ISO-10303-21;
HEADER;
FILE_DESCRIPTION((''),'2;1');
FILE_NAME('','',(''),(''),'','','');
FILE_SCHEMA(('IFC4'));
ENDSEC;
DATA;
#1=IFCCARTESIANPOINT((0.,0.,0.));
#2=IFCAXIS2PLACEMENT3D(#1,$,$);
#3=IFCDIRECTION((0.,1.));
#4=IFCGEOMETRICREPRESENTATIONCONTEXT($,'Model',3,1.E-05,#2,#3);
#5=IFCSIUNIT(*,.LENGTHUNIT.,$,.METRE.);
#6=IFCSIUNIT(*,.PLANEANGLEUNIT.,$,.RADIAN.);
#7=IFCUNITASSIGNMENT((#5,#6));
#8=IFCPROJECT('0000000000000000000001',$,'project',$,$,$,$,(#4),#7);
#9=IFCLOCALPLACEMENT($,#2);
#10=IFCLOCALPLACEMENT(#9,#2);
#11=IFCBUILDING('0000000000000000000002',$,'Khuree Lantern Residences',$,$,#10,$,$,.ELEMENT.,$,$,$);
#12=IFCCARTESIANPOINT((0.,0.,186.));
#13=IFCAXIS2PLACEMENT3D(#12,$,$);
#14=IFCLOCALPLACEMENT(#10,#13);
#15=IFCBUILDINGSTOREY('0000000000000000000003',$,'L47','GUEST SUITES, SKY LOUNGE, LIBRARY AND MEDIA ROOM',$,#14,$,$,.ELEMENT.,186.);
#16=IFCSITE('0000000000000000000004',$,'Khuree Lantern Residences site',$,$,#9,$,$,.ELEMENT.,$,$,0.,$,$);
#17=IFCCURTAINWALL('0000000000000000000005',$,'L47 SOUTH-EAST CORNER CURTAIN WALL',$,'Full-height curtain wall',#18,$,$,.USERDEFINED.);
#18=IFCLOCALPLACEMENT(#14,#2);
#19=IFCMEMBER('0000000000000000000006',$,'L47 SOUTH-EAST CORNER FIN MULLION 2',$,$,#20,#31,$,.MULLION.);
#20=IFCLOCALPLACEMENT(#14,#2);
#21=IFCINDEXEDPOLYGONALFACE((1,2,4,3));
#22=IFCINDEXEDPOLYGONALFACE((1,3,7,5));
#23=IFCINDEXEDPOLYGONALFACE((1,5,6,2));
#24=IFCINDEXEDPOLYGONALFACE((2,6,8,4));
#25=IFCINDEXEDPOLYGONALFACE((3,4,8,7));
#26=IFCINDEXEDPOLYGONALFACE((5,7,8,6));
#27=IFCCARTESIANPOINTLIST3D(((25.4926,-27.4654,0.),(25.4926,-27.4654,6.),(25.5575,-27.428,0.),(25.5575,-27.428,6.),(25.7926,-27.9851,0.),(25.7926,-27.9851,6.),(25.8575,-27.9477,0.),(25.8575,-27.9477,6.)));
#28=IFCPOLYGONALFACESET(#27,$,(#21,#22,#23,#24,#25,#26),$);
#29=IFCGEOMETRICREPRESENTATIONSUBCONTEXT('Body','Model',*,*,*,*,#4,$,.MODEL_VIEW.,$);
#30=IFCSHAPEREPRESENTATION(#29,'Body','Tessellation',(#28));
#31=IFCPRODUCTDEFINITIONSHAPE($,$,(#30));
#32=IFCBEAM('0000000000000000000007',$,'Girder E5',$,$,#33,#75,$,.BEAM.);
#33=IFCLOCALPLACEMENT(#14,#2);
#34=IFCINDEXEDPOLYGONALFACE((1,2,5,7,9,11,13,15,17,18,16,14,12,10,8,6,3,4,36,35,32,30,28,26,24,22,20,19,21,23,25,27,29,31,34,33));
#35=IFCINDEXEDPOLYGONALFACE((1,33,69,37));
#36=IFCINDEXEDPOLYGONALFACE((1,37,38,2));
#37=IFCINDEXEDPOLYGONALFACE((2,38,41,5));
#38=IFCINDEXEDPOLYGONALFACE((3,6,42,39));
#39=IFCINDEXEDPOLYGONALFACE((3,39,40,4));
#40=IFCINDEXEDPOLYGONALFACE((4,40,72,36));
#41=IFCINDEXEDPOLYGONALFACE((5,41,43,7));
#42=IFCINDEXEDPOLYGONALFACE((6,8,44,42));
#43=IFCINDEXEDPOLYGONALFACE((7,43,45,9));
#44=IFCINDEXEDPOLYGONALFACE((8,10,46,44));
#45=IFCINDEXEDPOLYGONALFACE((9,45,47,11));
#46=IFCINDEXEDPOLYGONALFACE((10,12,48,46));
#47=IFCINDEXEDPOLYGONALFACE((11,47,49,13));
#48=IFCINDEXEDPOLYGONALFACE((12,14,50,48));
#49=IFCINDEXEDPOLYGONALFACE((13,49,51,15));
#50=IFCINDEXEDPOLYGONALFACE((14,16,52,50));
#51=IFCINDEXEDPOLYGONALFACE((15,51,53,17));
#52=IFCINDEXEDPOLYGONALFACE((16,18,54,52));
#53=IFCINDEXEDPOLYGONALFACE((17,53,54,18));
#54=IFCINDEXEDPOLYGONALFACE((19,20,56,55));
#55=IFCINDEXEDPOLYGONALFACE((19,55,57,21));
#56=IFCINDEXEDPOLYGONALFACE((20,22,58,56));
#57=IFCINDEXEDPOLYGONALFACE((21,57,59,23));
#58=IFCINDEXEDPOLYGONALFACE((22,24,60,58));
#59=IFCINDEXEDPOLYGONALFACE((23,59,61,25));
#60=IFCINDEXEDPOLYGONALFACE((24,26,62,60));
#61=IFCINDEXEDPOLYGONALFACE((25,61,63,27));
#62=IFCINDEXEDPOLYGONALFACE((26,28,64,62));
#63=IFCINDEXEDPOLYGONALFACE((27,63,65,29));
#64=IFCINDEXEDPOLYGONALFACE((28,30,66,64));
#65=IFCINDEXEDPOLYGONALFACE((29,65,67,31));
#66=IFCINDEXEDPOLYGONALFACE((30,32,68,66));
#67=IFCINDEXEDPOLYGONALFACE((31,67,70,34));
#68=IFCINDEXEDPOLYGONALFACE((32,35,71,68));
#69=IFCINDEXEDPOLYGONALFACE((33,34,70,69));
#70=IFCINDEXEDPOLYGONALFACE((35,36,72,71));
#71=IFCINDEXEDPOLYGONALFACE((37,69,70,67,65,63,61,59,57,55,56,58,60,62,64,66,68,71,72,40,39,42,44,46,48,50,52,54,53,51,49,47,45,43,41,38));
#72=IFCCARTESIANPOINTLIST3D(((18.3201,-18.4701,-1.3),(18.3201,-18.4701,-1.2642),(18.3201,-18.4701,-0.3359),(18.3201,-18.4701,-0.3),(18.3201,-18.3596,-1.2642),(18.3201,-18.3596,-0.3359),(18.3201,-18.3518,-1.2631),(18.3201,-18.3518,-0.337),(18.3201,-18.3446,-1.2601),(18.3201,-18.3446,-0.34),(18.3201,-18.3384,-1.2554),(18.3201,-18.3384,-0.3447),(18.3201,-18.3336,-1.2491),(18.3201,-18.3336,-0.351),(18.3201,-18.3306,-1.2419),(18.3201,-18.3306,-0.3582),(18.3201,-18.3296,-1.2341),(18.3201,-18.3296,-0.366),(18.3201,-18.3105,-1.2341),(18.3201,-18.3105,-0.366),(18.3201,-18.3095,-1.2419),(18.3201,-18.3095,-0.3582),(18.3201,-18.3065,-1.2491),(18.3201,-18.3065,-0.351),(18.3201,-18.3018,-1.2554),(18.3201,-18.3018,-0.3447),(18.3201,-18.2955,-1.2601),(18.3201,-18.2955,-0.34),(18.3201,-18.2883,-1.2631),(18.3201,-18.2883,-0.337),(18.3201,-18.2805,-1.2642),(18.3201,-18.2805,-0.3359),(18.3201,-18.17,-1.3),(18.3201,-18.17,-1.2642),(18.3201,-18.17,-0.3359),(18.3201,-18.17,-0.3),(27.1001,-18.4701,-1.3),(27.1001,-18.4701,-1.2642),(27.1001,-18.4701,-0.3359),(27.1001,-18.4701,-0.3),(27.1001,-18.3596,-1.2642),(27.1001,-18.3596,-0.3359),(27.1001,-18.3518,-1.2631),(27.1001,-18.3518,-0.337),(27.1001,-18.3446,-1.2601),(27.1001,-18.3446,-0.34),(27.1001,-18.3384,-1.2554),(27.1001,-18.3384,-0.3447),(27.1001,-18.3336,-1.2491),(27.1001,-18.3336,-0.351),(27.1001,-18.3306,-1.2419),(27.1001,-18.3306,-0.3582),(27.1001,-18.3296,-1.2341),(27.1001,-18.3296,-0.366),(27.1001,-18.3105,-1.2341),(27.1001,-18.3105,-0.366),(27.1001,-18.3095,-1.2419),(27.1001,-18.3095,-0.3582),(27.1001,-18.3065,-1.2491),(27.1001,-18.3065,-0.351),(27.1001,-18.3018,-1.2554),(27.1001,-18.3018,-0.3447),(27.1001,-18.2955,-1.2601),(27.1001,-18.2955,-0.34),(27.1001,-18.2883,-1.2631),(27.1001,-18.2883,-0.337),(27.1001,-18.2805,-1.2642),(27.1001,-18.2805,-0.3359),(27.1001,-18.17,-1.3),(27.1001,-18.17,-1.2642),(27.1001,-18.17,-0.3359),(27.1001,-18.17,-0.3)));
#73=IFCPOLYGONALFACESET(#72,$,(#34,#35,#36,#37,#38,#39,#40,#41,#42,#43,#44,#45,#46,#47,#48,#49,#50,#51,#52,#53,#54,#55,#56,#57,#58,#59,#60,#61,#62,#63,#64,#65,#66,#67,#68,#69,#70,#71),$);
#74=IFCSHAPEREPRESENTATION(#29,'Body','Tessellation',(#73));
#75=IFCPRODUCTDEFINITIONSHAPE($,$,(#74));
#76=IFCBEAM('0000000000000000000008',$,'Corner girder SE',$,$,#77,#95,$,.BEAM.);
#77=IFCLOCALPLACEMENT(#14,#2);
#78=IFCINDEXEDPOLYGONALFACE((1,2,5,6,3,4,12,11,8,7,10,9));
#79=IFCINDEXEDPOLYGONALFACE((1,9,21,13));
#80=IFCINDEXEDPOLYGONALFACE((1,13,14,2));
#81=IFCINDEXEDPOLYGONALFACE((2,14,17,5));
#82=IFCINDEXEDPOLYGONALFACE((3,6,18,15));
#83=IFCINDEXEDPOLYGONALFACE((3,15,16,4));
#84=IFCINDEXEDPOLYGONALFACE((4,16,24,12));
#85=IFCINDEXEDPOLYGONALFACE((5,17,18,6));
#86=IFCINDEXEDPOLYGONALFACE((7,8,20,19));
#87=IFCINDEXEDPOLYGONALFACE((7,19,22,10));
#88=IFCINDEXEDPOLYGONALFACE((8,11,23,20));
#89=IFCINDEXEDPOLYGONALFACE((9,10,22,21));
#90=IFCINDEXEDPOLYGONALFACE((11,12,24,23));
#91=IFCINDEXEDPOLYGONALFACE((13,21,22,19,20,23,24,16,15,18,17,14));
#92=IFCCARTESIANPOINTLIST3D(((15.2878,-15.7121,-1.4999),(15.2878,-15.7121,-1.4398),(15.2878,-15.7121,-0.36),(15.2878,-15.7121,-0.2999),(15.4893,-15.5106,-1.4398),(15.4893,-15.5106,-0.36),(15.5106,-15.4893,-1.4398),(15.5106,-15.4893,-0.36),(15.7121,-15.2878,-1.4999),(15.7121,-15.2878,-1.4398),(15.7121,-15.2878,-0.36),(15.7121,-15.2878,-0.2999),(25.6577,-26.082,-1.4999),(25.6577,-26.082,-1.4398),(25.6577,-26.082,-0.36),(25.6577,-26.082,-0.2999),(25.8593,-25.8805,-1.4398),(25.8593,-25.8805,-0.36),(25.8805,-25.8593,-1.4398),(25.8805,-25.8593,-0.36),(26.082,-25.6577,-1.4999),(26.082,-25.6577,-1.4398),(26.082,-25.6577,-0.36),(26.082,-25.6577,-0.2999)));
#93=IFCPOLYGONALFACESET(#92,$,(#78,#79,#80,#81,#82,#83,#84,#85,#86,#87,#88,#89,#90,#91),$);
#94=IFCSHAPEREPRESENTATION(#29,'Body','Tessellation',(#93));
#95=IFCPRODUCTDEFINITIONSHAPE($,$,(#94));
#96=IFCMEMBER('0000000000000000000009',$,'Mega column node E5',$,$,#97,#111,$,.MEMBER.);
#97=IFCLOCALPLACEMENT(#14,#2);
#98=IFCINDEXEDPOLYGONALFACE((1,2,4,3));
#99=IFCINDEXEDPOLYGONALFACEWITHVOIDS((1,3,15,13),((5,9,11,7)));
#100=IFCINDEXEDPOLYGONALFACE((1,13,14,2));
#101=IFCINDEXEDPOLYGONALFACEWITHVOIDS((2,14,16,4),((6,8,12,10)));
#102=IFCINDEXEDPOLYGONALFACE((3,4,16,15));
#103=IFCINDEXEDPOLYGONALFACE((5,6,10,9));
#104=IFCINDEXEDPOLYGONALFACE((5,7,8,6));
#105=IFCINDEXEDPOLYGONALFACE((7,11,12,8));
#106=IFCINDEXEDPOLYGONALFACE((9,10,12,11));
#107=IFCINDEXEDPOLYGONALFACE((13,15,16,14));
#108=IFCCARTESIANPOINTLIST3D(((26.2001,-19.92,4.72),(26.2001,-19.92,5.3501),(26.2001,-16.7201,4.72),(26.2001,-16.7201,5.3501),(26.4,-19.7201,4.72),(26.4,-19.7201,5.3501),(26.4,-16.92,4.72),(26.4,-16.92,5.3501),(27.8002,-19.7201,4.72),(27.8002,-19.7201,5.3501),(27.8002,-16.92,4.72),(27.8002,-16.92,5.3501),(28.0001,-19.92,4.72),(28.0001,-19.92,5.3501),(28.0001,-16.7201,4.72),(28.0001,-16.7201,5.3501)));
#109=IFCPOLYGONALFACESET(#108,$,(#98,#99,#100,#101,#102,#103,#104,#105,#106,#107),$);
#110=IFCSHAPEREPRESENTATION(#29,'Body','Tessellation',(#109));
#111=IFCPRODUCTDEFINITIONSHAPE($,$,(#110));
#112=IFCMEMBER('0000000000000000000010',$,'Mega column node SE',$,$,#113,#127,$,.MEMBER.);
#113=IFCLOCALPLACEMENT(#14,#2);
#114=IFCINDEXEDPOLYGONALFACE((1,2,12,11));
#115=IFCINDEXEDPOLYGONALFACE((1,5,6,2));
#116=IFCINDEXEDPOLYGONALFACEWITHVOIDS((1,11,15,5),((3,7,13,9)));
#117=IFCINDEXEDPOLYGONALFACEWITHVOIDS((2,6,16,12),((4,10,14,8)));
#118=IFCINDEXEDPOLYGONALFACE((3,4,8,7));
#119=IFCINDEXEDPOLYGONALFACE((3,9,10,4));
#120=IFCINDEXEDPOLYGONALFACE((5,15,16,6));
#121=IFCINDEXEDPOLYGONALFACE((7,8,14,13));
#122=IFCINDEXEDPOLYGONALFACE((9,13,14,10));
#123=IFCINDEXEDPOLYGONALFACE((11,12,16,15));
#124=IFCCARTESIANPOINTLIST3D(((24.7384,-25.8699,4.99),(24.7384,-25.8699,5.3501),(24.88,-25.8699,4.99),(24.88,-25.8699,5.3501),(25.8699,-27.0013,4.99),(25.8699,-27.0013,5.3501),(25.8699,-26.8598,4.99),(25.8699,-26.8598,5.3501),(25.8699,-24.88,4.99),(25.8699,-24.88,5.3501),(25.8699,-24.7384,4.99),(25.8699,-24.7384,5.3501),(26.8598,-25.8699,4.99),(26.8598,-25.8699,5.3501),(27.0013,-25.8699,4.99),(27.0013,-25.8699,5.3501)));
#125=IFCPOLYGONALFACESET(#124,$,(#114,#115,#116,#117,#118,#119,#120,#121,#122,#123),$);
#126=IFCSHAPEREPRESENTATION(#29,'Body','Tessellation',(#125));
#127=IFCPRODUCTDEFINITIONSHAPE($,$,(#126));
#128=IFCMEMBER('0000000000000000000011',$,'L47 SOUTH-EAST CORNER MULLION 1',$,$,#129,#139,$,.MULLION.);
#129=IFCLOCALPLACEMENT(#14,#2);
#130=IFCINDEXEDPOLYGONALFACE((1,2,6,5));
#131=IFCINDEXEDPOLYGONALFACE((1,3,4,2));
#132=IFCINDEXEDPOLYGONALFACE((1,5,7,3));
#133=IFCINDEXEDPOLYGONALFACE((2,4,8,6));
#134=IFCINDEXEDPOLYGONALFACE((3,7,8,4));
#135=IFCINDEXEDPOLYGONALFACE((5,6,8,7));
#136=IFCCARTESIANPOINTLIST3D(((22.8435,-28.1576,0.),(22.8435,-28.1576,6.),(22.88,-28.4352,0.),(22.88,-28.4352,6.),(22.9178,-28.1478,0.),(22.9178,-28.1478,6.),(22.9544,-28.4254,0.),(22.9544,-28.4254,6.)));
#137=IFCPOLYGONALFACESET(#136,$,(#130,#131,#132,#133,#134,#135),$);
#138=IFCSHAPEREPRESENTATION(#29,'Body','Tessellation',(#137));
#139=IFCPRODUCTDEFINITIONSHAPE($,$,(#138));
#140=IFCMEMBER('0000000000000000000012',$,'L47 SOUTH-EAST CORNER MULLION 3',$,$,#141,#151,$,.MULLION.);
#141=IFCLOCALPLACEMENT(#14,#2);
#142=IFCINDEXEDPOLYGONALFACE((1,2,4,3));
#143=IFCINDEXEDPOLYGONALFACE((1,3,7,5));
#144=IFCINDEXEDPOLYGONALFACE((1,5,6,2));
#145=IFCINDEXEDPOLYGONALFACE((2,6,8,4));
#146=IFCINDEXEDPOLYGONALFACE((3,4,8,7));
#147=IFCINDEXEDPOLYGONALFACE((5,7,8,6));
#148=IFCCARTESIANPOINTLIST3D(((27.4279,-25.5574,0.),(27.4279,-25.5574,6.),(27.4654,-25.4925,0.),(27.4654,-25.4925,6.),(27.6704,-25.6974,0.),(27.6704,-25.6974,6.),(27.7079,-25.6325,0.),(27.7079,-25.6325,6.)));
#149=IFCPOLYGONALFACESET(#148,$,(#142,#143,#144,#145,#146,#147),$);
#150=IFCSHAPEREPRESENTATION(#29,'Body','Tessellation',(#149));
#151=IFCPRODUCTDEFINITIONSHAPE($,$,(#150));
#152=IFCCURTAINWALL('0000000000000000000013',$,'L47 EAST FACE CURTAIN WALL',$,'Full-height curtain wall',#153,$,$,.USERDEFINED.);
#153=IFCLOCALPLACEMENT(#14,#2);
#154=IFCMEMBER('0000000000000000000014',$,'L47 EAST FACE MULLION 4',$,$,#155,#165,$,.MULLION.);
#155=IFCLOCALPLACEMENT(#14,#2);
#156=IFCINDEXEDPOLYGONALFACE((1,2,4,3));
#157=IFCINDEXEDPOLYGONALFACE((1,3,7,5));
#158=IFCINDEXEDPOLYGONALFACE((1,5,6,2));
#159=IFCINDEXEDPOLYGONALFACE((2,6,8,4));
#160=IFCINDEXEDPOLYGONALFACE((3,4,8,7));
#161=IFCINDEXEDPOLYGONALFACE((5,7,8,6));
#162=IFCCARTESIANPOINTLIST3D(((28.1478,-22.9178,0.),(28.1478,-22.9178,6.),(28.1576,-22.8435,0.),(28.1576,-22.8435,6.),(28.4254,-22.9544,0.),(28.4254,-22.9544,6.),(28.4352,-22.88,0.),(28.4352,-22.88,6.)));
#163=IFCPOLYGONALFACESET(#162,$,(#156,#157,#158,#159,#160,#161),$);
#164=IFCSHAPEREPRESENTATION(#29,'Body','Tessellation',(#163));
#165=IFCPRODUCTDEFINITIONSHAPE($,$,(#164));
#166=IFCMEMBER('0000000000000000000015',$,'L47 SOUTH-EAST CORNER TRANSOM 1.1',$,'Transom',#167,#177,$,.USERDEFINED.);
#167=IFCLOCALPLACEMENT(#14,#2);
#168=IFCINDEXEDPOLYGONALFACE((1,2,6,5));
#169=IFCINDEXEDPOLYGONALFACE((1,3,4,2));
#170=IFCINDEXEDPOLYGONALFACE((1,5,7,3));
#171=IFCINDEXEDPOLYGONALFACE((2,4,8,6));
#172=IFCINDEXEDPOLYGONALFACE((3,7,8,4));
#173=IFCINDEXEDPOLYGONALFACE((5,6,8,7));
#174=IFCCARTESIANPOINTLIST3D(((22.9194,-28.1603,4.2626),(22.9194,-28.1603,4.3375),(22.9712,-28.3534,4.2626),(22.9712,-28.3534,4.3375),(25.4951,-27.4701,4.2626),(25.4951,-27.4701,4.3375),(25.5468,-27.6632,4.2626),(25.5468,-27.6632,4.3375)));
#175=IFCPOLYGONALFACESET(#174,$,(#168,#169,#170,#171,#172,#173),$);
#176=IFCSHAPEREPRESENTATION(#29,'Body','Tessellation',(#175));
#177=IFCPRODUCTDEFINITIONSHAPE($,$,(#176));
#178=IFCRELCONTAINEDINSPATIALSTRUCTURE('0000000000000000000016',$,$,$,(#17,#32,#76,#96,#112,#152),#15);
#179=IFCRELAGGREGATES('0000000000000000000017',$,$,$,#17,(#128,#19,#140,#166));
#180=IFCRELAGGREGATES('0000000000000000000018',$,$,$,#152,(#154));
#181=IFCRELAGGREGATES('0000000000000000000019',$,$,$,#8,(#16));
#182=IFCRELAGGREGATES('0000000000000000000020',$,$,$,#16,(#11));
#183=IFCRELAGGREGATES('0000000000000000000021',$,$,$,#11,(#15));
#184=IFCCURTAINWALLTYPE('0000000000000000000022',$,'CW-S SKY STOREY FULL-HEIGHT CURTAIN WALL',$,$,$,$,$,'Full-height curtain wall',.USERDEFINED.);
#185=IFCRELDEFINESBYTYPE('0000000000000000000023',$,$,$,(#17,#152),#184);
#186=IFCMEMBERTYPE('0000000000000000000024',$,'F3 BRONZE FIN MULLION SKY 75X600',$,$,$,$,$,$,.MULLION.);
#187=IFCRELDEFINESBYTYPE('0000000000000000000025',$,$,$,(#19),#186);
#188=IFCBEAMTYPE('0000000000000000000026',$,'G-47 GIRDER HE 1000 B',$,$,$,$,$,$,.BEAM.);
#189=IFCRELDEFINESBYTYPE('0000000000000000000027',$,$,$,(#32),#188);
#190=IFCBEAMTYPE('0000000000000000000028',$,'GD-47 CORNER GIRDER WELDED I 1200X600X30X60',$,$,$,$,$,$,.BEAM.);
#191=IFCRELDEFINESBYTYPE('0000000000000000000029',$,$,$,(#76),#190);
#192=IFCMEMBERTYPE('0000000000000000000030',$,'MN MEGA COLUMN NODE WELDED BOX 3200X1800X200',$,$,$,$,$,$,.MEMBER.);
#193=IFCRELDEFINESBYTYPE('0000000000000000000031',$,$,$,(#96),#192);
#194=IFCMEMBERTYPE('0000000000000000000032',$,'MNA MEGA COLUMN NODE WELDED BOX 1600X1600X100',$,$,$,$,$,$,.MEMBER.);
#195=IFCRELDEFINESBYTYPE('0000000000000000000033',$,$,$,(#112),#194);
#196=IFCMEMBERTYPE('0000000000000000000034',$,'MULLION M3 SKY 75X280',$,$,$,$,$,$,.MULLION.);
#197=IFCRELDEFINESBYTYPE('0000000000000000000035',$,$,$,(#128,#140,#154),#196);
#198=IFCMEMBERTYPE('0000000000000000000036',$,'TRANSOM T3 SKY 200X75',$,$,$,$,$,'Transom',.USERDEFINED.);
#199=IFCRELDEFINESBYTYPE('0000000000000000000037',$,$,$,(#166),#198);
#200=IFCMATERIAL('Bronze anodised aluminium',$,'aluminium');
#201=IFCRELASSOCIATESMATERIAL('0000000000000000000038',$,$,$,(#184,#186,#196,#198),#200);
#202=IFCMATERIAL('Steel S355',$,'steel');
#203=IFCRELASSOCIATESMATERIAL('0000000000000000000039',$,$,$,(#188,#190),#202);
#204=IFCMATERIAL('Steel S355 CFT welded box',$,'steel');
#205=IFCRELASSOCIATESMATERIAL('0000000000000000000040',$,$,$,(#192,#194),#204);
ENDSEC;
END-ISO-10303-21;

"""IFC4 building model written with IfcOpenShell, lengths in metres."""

from ifc_helpers import new_model, si_unit, direction, frame, origin, origin_2d, place, context, subcontext, project, spatial, rectangle, hollow_rectangle, i_section, extrude, material, material_profile, profile_set, type_object, element, aggregate, save


model = new_model("IFC4")

# Units and contexts
model_context = context("Model", 3, precision=1e-05, world=origin(), true_north=direction((0.0, 1.0)))
body_context = subcontext(model_context, "Body", "Model", "MODEL_VIEW")
ifc_project = project(units=[si_unit("LENGTHUNIT", "METRE"), si_unit("PLANEANGLEUNIT", "RADIAN")], contexts=[model_context])

# Site, building, storey
site_placement = place(None, origin())
site = spatial("IfcSite", under=ifc_project, at=site_placement, Name="Khuree Lantern Residences site", CompositionType="ELEMENT", RefElevation=0.0)
building_placement = place(site_placement, origin())
building = spatial("IfcBuilding", under=site, at=building_placement, Name="Khuree Lantern Residences", CompositionType="ELEMENT")
storey_placement = place(building_placement, frame((0.0, 0.0, 186.0)))
storey = spatial("IfcBuildingStorey", under=building, at=storey_placement, Name="L47", Description="GUEST SUITES, SKY LOUNGE, LIBRARY AND MEDIA ROOM", CompositionType="ELEMENT", Elevation=186.0)

# Shared definitions
ifc_material_1 = material(Name="Steel S355 CFT welded box", Category="steel")

# Shared definitions
ifc_material_2 = material(Name="Steel S355", Category="steel")

# Curtain wall, member
ifc_material_3 = material(Name="Bronze anodised aluminium", Category="aluminium")
curtain_wall_type = type_object("IfcCurtainWallType", Name="CW-S SKY STOREY FULL-HEIGHT CURTAIN WALL", ElementType="Full-height curtain wall", PredefinedType="USERDEFINED", material=ifc_material_3)
curtain_wall_1_placement = place(storey_placement, origin())
curtain_wall_1 = element("IfcCurtainWall", 1, at=curtain_wall_1_placement, inside=storey, type_object=curtain_wall_type, Name="L47 SOUTH-EAST CORNER CURTAIN WALL", ObjectType="Full-height curtain wall", PredefinedType="USERDEFINED")
ifc_material_profile_1 = material_profile(ifc_material_3, rectangle(XDim=0.075, YDim=0.6001, at=origin_2d()), Name="F3 75X600")
ifc_profile_set_1 = profile_set([ifc_material_profile_1], Name="Bronze anodised aluminium")
member_type_1 = type_object("IfcMemberType", Name="F3 BRONZE FIN MULLION SKY 75X600", PredefinedType="MULLION", material=ifc_profile_set_1)
member_1_placement = place(storey_placement, frame((25.675, -27.7065, 0.0), z_axis=(0.0, 0.0, 1.0), x_axis=(0.866025, 0.5, 0.0)))
member_1 = element("IfcMember", 2, at=member_1_placement, type_object=member_type_1, Name="L47 SOUTH-EAST CORNER FIN MULLION 2", PredefinedType="MULLION", context=body_context, shape_type="SweptSolid", body=[
    extrude(rectangle(XDim=0.075, YDim=0.6001, at=origin_2d()), origin(), (0.0, 0.0, 1.0), 6.0),
])

# Beams
ifc_material_profile_2 = material_profile(ifc_material_2, i_section(OverallWidth=0.3, OverallDepth=1.0, WebThickness=0.019, FlangeThickness=0.0359, FilletRadius=0.03, at=origin_2d()), Name="HE 1000 B")
ifc_profile_set_2 = profile_set([ifc_material_profile_2], Name="Steel S355")
beam_type_1 = type_object("IfcBeamType", Name="G-47 GIRDER HE 1000 B", PredefinedType="BEAM", material=ifc_profile_set_2)
beam_1_placement = place(storey_placement, frame((27.1001, -18.3201, -0.8), z_axis=(-1.0, 0.0, 0.0), x_axis=(0.0, -1.0, 0.0)))
element("IfcBeam", 3, at=beam_1_placement, inside=storey, type_object=beam_type_1, Name="Girder E5", PredefinedType="BEAM", context=body_context, shape_type="SweptSolid", body=[
    extrude(i_section(OverallWidth=0.3, OverallDepth=1.0, WebThickness=0.019, FlangeThickness=0.0359, FilletRadius=0.03, at=origin_2d()), origin(), (0.0, 0.0, 1.0), 8.78),
])
ifc_material_profile_3 = material_profile(ifc_material_2, i_section(OverallWidth=0.6001, OverallDepth=1.2, WebThickness=0.03, FlangeThickness=0.0601, at=origin_2d()), Name="WELDED I 1200X600X30X60")
ifc_profile_set_3 = profile_set([ifc_material_profile_3], Name="Steel S355")
beam_type_2 = type_object("IfcBeamType", Name="GD-47 CORNER GIRDER WELDED I 1200X600X30X60", PredefinedType="BEAM", material=ifc_profile_set_3)
beam_2_placement = place(storey_placement, frame((25.8699, -25.8699, -0.8999), z_axis=(-0.707107, 0.707107, 0.0), x_axis=(-0.707107, -0.707107, 0.0)))
element("IfcBeam", 4, at=beam_2_placement, inside=storey, type_object=beam_type_2, Name="Corner girder SE", PredefinedType="BEAM", context=body_context, shape_type="SweptSolid", body=[
    extrude(i_section(OverallWidth=0.6001, OverallDepth=1.2, WebThickness=0.03, FlangeThickness=0.0601, at=origin_2d()), origin(), (0.0, 0.0, 1.0), 14.6653),
])

# Members
ifc_material_profile_4 = material_profile(ifc_material_1, hollow_rectangle(XDim=3.2, YDim=1.8, WallThickness=0.2, at=origin_2d()), Name="WELDED BOX 3200X1800X200")
ifc_profile_set_4 = profile_set([ifc_material_profile_4], Name="Steel S355 CFT welded box")
member_type_2 = type_object("IfcMemberType", Name="MN MEGA COLUMN NODE WELDED BOX 3200X1800X200", PredefinedType="MEMBER", material=ifc_profile_set_4)
member_2_placement = place(storey_placement, frame((27.1001, -18.3201, 4.72), z_axis=(0.0, 0.0, 1.0), x_axis=(0.0, 1.0, 0.0)))
element("IfcMember", 5, at=member_2_placement, inside=storey, type_object=member_type_2, Name="Mega column node E5", PredefinedType="MEMBER", context=body_context, shape_type="SweptSolid", body=[
    extrude(hollow_rectangle(XDim=3.2, YDim=1.8, WallThickness=0.2, at=origin_2d()), origin(), (0.0, 0.0, 1.0), 0.6301),
])
ifc_material_profile_5 = material_profile(ifc_material_1, hollow_rectangle(XDim=1.6001, YDim=1.6001, WallThickness=0.1001, at=origin_2d()), Name="WELDED BOX 1600X1600X100")
ifc_profile_set_5 = profile_set([ifc_material_profile_5], Name="Steel S355 CFT welded box")
member_type_3 = type_object("IfcMemberType", Name="MNA MEGA COLUMN NODE WELDED BOX 1600X1600X100", PredefinedType="MEMBER", material=ifc_profile_set_5)
member_3_placement = place(storey_placement, frame((25.8699, -25.8699, 4.99), z_axis=(0.0, 0.0, 1.0), x_axis=(0.707107, 0.707107, 0.0)))
element("IfcMember", 6, at=member_3_placement, inside=storey, type_object=member_type_3, Name="Mega column node SE", PredefinedType="MEMBER", context=body_context, shape_type="SweptSolid", body=[
    extrude(hollow_rectangle(XDim=1.6001, YDim=1.6001, WallThickness=0.1001, at=origin_2d()), origin(), (0.0, 0.0, 1.0), 0.3601),
])

# Members
ifc_material_profile_6 = material_profile(ifc_material_3, rectangle(XDim=0.075, YDim=0.28, at=origin_2d()), Name="M3 75X280")
ifc_profile_set_6 = profile_set([ifc_material_profile_6], Name="Bronze anodised aluminium")
member_type_4 = type_object("IfcMemberType", Name="MULLION M3 SKY 75X280", PredefinedType="MULLION", material=ifc_profile_set_6)
member_4_placement = place(storey_placement, frame((22.8989, -28.2915, 0.0), z_axis=(0.0, 0.0, 1.0), x_axis=(0.991445, 0.130526, 0.0)))
member_4 = element("IfcMember", 7, at=member_4_placement, type_object=member_type_4, Name="L47 SOUTH-EAST CORNER MULLION 1", PredefinedType="MULLION", context=body_context, shape_type="SweptSolid", body=[
    extrude(rectangle(XDim=0.075, YDim=0.28, at=origin_2d()), origin(), (0.0, 0.0, 1.0), 6.0),
])
member_5_placement = place(storey_placement, frame((27.5679, -25.595, 0.0), z_axis=(0.0, 0.0, 1.0), x_axis=(0.5, 0.866025, 0.0)))
member_5 = element("IfcMember", 8, at=member_5_placement, type_object=member_type_4, Name="L47 SOUTH-EAST CORNER MULLION 3", PredefinedType="MULLION", context=body_context, shape_type="SweptSolid", body=[
    extrude(rectangle(XDim=0.075, YDim=0.28, at=origin_2d()), origin(), (0.0, 0.0, 1.0), 6.0),
])

# Curtain wall, member
curtain_wall_2_placement = place(storey_placement, origin())
curtain_wall_2 = element("IfcCurtainWall", 9, at=curtain_wall_2_placement, inside=storey, type_object=curtain_wall_type, Name="L47 EAST FACE CURTAIN WALL", ObjectType="Full-height curtain wall", PredefinedType="USERDEFINED")
member_6_placement = place(storey_placement, frame((28.2915, -22.8989, 0.0), z_axis=(0.0, 0.0, 1.0), x_axis=(0.130526, 0.991445, 0.0)))
member_6 = element("IfcMember", 10, at=member_6_placement, type_object=member_type_4, Name="L47 EAST FACE MULLION 4", PredefinedType="MULLION", context=body_context, shape_type="SweptSolid", body=[
    extrude(rectangle(XDim=0.075, YDim=0.28, at=origin_2d()), origin(), (0.0, 0.0, 1.0), 6.0),
])

# Member
ifc_material_profile_7 = material_profile(ifc_material_3, rectangle(XDim=0.2, YDim=0.075, at=origin_2d()), Name="T3 200X75")
ifc_profile_set_7 = profile_set([ifc_material_profile_7], Name="Bronze anodised aluminium")
member_type_5 = type_object("IfcMemberType", Name="TRANSOM T3 SKY 200X75", ElementType="Transom", PredefinedType="USERDEFINED", material=ifc_profile_set_7)
member_7_placement = place(storey_placement, frame((22.9453, -28.2568, 4.3), z_axis=(0.965923, 0.258831, 0.0), x_axis=(-0.258831, 0.965923, 0.0)))
member_7 = element("IfcMember", 11, at=member_7_placement, type_object=member_type_5, Name="L47 SOUTH-EAST CORNER TRANSOM 1.1", ObjectType="Transom", PredefinedType="USERDEFINED", context=body_context, shape_type="SweptSolid", body=[
    extrude(rectangle(XDim=0.2, YDim=0.075, at=origin_2d()), origin(), (0.0, 0.0, 1.0), 2.6665),
])

aggregate(curtain_wall_1, [member_4, member_1, member_5, member_7])
aggregate(curtain_wall_2, [member_6])

save(model, "model.ifc")
